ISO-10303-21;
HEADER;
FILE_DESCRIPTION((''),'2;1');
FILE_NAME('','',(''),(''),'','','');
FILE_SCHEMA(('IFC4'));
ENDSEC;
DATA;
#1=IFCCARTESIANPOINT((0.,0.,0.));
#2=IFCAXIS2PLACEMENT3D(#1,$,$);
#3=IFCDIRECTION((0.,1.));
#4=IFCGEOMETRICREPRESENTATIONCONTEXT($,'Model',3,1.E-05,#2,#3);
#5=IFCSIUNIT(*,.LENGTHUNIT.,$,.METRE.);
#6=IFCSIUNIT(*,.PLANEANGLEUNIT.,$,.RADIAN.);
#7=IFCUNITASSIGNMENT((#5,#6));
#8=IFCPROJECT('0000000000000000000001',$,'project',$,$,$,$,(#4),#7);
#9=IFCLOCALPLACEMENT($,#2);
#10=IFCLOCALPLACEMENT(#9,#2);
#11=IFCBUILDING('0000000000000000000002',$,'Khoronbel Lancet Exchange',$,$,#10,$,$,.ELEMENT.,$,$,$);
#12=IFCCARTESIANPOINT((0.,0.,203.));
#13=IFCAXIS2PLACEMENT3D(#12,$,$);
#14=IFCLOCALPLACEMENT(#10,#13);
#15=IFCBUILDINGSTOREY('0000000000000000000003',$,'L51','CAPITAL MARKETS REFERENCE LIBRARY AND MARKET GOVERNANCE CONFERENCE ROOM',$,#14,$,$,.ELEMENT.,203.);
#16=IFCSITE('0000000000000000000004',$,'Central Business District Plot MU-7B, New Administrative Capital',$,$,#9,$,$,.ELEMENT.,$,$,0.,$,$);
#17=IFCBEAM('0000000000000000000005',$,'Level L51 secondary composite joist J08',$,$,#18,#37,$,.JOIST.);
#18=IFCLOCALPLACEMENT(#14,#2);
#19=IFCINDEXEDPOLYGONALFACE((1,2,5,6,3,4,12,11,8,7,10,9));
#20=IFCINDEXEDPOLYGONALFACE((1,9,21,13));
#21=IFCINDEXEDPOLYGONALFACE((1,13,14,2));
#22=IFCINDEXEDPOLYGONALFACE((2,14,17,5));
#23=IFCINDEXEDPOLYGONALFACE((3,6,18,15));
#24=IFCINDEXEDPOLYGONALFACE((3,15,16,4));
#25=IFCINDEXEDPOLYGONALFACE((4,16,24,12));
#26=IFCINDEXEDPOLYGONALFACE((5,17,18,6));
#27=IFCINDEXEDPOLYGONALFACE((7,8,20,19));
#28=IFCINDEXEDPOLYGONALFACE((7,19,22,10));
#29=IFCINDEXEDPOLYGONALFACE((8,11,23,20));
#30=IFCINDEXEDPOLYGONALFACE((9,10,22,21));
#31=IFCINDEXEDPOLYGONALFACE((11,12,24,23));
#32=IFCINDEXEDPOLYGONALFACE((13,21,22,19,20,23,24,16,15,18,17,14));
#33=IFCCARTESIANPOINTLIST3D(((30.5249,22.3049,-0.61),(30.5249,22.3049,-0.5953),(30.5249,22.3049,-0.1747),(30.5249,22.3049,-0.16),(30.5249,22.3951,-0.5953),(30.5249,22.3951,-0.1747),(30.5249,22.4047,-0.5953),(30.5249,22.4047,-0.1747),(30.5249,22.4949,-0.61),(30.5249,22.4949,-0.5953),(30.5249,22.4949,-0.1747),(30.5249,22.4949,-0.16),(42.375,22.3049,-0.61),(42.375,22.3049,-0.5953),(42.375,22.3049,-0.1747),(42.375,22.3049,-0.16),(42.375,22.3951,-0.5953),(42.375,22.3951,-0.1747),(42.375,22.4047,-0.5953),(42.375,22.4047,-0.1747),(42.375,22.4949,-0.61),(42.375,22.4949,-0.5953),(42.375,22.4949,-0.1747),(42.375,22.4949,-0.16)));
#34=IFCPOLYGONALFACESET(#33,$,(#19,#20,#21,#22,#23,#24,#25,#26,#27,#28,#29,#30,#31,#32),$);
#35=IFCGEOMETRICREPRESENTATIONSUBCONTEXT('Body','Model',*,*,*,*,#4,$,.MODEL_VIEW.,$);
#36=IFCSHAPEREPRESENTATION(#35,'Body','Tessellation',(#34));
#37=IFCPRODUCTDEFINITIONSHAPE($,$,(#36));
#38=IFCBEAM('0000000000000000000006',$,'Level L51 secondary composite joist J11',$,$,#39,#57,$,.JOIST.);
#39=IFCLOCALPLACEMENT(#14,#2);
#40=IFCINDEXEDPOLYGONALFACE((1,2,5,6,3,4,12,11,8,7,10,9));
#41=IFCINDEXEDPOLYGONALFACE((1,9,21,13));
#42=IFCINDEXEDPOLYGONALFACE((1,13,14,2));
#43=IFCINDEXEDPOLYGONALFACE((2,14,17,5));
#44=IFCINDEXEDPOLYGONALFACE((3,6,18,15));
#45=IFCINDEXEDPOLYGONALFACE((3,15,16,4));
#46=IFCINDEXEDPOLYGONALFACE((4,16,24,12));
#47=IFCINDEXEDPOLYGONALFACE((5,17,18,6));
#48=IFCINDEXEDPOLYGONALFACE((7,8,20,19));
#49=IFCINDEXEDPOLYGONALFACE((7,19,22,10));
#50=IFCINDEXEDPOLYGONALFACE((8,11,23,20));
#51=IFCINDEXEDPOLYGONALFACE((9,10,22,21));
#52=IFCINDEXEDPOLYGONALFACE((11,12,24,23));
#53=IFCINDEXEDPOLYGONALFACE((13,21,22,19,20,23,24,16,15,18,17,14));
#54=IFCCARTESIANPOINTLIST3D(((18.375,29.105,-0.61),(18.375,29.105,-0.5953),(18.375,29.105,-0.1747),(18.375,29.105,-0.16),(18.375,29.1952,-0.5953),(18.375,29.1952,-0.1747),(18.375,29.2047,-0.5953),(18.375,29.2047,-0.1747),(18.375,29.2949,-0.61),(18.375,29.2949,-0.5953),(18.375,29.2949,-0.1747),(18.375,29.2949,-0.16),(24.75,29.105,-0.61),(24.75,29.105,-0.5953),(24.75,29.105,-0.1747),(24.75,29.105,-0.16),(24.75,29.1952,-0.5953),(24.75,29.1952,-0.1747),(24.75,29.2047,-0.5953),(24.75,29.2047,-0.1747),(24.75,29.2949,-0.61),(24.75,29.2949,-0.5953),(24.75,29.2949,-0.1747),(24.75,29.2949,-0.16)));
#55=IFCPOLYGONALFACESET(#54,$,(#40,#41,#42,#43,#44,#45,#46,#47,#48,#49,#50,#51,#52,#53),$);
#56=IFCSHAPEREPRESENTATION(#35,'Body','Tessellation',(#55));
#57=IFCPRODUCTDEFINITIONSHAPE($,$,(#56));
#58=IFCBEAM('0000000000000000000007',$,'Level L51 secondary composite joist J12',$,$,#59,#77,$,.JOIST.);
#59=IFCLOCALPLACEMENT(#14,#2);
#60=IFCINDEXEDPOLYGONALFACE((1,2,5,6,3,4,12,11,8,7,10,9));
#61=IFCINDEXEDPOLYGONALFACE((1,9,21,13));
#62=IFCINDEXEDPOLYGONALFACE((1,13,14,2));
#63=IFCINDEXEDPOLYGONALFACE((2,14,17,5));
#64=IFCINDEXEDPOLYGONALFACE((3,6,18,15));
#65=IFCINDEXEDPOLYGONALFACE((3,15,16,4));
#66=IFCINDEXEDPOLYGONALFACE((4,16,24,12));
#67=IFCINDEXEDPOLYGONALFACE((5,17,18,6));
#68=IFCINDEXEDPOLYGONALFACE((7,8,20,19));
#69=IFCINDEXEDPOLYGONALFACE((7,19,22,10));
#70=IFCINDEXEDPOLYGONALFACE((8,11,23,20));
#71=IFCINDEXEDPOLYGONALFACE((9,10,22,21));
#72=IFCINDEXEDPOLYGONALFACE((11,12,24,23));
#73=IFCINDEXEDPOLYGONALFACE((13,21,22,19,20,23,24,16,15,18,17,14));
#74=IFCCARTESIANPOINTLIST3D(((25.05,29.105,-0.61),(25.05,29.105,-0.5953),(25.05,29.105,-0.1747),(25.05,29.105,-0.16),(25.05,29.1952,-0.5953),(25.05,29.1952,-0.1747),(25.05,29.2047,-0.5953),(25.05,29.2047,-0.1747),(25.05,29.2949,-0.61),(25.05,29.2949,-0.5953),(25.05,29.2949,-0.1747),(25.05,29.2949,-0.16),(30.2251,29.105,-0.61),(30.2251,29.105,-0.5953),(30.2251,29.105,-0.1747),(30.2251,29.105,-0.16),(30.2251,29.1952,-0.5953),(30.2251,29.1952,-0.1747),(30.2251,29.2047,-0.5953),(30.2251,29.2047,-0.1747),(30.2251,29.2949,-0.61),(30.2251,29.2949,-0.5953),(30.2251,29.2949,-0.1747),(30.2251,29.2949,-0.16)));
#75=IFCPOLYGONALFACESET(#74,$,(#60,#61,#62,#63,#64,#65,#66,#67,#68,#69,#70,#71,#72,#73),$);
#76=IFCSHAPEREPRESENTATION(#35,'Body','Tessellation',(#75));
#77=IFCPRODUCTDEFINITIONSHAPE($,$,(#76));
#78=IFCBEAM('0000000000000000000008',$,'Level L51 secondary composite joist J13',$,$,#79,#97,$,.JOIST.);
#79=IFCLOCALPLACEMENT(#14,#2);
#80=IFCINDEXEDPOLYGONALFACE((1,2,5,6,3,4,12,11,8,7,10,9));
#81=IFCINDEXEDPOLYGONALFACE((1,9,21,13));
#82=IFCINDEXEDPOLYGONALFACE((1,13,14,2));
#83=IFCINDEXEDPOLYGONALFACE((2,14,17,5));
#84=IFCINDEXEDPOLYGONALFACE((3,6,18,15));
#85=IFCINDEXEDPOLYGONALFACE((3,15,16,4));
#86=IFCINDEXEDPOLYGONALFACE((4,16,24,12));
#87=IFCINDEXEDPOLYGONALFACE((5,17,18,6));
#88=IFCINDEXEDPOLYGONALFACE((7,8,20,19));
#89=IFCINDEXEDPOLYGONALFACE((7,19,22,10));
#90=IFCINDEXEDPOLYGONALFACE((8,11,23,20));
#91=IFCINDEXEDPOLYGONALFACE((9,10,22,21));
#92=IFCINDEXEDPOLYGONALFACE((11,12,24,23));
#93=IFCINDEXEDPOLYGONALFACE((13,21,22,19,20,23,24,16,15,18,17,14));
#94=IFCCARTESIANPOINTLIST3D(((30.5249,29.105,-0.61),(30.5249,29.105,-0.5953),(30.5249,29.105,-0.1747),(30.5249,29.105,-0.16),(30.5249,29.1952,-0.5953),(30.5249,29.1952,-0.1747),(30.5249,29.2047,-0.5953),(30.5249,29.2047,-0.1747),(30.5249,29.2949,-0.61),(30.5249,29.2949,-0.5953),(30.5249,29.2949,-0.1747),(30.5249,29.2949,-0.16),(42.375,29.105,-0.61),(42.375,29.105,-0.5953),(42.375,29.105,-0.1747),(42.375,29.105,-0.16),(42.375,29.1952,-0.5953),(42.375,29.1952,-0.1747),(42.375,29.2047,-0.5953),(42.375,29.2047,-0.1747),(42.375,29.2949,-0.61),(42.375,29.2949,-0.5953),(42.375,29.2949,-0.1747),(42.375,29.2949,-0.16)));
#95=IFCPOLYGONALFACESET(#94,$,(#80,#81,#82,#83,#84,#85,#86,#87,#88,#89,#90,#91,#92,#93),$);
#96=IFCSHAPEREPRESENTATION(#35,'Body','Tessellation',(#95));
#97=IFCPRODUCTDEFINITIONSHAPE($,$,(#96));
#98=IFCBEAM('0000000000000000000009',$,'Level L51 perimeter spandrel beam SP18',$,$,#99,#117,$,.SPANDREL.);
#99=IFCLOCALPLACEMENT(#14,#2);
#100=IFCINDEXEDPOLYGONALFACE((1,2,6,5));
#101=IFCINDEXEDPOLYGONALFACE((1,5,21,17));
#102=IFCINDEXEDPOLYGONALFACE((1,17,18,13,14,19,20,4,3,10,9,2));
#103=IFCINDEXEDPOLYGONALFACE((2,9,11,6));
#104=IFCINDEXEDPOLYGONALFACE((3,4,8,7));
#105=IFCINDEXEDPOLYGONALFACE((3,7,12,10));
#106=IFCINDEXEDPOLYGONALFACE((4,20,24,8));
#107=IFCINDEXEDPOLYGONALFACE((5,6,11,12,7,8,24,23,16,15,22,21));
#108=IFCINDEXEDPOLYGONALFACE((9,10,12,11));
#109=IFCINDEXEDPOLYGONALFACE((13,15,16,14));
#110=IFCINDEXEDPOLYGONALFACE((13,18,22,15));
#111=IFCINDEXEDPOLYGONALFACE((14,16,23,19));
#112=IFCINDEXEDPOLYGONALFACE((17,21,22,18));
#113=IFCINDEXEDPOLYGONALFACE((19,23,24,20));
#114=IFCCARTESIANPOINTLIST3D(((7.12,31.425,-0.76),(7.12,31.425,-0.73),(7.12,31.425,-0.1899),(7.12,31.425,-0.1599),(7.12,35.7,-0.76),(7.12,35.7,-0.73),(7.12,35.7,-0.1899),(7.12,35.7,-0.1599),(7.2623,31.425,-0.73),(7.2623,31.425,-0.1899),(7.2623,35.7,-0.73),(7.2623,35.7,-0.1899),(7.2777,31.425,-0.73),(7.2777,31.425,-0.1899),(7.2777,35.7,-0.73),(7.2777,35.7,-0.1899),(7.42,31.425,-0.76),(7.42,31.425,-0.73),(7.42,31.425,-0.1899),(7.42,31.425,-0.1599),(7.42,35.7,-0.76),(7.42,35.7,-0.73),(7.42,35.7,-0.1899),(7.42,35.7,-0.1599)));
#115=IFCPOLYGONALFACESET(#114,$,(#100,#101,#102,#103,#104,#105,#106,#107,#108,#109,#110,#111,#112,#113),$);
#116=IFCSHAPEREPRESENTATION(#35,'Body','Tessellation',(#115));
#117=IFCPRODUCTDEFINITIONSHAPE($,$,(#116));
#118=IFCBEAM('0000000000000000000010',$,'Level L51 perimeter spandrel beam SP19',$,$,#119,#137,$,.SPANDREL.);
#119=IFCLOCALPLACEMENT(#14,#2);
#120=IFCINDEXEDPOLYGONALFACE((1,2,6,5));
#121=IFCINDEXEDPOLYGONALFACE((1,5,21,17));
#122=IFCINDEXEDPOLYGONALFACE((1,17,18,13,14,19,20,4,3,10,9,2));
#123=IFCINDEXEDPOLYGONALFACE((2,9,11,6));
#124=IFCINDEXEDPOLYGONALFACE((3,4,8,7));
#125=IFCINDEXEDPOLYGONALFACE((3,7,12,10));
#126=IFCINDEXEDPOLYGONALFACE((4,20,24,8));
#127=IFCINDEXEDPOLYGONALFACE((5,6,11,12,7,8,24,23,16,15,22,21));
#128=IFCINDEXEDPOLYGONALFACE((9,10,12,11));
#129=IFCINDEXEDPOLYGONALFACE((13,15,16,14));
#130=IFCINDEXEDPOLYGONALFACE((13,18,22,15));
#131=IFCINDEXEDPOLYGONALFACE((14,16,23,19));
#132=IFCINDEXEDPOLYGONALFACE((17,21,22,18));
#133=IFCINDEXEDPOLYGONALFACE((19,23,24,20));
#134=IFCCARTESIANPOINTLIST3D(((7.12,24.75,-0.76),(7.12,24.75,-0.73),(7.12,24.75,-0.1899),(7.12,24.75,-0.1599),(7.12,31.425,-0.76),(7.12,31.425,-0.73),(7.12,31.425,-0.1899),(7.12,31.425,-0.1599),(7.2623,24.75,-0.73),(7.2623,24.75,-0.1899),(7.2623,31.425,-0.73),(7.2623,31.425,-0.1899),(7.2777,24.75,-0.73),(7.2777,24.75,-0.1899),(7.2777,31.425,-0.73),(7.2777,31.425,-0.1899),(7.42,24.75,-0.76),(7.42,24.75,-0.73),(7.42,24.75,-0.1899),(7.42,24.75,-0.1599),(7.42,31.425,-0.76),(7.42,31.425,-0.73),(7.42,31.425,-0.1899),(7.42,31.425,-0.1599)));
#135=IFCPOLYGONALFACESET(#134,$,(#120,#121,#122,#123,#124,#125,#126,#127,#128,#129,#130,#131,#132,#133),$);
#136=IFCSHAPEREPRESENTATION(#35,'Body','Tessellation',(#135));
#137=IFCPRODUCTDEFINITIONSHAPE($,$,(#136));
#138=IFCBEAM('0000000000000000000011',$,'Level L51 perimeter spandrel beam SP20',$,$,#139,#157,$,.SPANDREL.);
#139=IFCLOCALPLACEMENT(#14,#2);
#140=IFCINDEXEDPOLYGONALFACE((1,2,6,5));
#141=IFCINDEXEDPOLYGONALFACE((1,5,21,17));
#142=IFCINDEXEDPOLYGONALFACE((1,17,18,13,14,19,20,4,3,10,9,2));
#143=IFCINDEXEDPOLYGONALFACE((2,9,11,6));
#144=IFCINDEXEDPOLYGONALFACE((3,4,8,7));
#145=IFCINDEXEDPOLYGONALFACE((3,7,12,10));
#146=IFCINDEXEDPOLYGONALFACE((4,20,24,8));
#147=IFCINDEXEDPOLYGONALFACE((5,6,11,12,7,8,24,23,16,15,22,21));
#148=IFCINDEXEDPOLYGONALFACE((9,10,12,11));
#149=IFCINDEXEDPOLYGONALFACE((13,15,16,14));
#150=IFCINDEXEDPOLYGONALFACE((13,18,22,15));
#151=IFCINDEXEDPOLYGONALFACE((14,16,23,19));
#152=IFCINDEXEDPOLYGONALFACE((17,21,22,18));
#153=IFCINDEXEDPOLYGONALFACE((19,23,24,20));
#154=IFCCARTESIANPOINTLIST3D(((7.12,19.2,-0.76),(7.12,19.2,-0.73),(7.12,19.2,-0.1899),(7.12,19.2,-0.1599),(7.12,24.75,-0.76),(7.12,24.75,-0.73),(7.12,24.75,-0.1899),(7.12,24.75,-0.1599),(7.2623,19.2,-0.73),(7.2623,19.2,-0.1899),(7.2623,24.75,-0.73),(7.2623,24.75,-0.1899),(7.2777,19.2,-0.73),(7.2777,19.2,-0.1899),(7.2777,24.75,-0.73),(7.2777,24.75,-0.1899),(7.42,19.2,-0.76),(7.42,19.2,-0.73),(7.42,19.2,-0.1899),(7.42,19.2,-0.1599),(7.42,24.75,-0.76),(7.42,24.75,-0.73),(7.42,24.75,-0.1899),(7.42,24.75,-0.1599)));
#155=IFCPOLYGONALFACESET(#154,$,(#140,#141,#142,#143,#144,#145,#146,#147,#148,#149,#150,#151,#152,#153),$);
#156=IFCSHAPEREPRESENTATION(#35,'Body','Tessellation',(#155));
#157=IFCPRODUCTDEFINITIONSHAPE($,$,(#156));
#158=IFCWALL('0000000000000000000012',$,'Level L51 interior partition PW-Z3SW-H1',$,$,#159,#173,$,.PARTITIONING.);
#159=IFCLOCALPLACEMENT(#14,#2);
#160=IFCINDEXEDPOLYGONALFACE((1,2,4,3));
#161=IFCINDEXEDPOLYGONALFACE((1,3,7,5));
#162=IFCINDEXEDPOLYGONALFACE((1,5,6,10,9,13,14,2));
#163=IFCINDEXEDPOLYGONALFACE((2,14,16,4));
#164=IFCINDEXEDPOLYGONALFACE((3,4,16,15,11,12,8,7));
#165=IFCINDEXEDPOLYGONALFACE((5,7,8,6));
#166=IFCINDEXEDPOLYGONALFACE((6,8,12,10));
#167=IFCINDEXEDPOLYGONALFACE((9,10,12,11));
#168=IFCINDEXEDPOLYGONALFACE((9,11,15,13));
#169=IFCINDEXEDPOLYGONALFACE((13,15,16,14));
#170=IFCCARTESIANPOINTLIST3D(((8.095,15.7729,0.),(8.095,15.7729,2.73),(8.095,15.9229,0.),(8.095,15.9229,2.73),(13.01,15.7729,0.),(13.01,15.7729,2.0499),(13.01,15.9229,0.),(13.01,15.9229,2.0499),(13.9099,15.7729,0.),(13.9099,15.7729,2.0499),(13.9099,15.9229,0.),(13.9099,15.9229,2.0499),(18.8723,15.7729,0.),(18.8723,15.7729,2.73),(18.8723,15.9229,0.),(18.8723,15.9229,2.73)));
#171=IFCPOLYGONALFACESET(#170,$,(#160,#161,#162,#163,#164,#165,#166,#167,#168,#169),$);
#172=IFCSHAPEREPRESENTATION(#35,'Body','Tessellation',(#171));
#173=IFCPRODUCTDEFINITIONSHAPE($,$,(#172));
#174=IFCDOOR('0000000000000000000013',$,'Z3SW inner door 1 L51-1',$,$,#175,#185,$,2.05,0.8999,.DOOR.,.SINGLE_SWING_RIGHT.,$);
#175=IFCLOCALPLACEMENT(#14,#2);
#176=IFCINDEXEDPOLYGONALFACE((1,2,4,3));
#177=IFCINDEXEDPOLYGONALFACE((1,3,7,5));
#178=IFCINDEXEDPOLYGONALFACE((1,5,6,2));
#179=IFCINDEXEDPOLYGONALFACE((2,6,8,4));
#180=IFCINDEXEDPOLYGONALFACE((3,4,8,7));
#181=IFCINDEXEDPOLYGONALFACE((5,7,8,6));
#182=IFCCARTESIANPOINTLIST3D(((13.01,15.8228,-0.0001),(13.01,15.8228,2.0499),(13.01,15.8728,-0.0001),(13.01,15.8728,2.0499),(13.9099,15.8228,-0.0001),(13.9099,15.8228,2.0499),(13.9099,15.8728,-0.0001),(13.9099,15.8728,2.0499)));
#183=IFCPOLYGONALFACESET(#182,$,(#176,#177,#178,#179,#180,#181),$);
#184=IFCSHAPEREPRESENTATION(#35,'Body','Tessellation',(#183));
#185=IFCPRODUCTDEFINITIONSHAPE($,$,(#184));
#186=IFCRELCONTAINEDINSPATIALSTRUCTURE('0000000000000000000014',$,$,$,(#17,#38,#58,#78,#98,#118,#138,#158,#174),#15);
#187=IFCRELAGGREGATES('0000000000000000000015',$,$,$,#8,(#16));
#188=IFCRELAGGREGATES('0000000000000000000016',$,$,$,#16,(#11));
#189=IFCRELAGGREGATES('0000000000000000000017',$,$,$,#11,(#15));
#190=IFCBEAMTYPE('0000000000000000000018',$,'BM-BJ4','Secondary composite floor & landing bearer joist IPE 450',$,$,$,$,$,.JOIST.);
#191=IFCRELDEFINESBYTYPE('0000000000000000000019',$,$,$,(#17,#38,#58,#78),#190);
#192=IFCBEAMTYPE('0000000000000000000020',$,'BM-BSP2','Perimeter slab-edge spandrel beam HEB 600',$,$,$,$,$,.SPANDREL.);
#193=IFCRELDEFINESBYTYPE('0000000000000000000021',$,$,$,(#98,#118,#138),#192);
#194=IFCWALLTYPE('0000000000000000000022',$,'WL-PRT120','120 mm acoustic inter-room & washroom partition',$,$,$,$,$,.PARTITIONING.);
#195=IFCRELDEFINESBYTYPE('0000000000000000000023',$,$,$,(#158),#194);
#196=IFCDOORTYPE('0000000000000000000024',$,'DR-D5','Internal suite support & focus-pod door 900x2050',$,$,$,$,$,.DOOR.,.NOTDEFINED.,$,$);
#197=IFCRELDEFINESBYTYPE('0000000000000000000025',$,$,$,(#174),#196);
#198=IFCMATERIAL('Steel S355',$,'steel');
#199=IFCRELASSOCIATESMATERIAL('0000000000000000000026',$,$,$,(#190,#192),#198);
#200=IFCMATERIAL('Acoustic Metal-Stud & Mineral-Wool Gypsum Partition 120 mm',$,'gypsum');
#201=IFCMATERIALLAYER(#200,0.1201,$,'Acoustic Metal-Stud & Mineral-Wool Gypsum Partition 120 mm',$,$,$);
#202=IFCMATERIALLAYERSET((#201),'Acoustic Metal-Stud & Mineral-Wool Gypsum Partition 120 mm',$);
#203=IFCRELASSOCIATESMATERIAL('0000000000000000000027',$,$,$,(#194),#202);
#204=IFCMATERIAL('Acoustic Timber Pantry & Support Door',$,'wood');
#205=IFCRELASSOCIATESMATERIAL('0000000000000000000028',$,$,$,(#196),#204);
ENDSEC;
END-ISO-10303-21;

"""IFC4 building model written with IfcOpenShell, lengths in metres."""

from ifc_helpers import new_model, si_unit, direction, frame, frame_2d, origin, origin_2d, place, context, subcontext, project, spatial, rectangle, i_section, extrude, material, layer, layer_set, material_profile, profile_set, type_object, element, fill, save


model = new_model("IFC4")

# Units and contexts
model_context = context("Model", 3, precision=1e-05, world=origin(), true_north=direction((0.0, 1.0)))
body_context = subcontext(model_context, "Body", "Model", "MODEL_VIEW")
ifc_project = project(units=[si_unit("LENGTHUNIT", "METRE"), si_unit("PLANEANGLEUNIT", "RADIAN")], contexts=[model_context])

# Site, building, storey
site_placement = place(None, origin())
site = spatial("IfcSite", under=ifc_project, at=site_placement, Name="Central Business District Plot MU-7B, New Administrative Capital", CompositionType="ELEMENT", RefElevation=0.0)
building_placement = place(site_placement, origin())
building = spatial("IfcBuilding", under=site, at=building_placement, Name="Khoronbel Lancet Exchange", CompositionType="ELEMENT")
storey_placement = place(building_placement, frame((0.0, 0.0, 203.0)))
storey = spatial("IfcBuildingStorey", under=building, at=storey_placement, Name="L51", Description="CAPITAL MARKETS REFERENCE LIBRARY AND MARKET GOVERNANCE CONFERENCE ROOM", CompositionType="ELEMENT", Elevation=203.0)

# Shared definitions
ifc_material_1 = material(Name="Steel S355", Category="steel")

# Beams
ifc_material_profile_1 = material_profile(ifc_material_1, i_section(OverallWidth=0.1899, OverallDepth=0.45, WebThickness=0.0095, FlangeThickness=0.0146, at=origin_2d()), Name="IPE 450")
ifc_profile_set_1 = profile_set([ifc_material_profile_1], Name="Steel S355")
beam_type_1 = type_object("IfcBeamType", Name="BM-BJ4", Description="Secondary composite floor & landing bearer joist IPE 450", PredefinedType="JOIST", material=ifc_profile_set_1)
beam_1_placement = place(storey_placement, frame((30.5249, 22.3999, -0.385), z_axis=(1.0, 0.0, 0.0), x_axis=(0.0, 1.0, 0.0)))
element("IfcBeam", 1, at=beam_1_placement, inside=storey, type_object=beam_type_1, Name="Level L51 secondary composite joist J08", PredefinedType="JOIST", context=body_context, shape_type="SweptSolid", body=[
    extrude(i_section(OverallWidth=0.1899, OverallDepth=0.45, WebThickness=0.0095, FlangeThickness=0.0146, at=origin_2d()), origin(), (0.0, 0.0, 1.0), 11.8501),
])
beam_2_placement = place(storey_placement, frame((18.375, 29.2, -0.385), z_axis=(1.0, 0.0, 0.0), x_axis=(0.0, 1.0, 0.0)))
element("IfcBeam", 2, at=beam_2_placement, inside=storey, type_object=beam_type_1, Name="Level L51 secondary composite joist J11", PredefinedType="JOIST", context=body_context, shape_type="SweptSolid", body=[
    extrude(i_section(OverallWidth=0.1899, OverallDepth=0.45, WebThickness=0.0095, FlangeThickness=0.0146, at=origin_2d()), origin(), (0.0, 0.0, 1.0), 6.375),
])
beam_3_placement = place(storey_placement, frame((25.05, 29.2, -0.385), z_axis=(1.0, 0.0, 0.0), x_axis=(0.0, 1.0, 0.0)))
element("IfcBeam", 3, at=beam_3_placement, inside=storey, type_object=beam_type_1, Name="Level L51 secondary composite joist J12", PredefinedType="JOIST", context=body_context, shape_type="SweptSolid", body=[
    extrude(i_section(OverallWidth=0.1899, OverallDepth=0.45, WebThickness=0.0095, FlangeThickness=0.0146, at=origin_2d()), origin(), (0.0, 0.0, 1.0), 5.175),
])
beam_4_placement = place(storey_placement, frame((30.5249, 29.2, -0.385), z_axis=(1.0, 0.0, 0.0), x_axis=(0.0, 1.0, 0.0)))
element("IfcBeam", 4, at=beam_4_placement, inside=storey, type_object=beam_type_1, Name="Level L51 secondary composite joist J13", PredefinedType="JOIST", context=body_context, shape_type="SweptSolid", body=[
    extrude(i_section(OverallWidth=0.1899, OverallDepth=0.45, WebThickness=0.0095, FlangeThickness=0.0146, at=origin_2d()), origin(), (0.0, 0.0, 1.0), 11.8501),
])
ifc_material_profile_2 = material_profile(ifc_material_1, i_section(OverallWidth=0.3, OverallDepth=0.6001, WebThickness=0.0154, FlangeThickness=0.03, at=origin_2d()), Name="HEB 600")
ifc_profile_set_2 = profile_set([ifc_material_profile_2], Name="Steel S355")
beam_type_2 = type_object("IfcBeamType", Name="BM-BSP2", Description="Perimeter slab-edge spandrel beam HEB 600", PredefinedType="SPANDREL", material=ifc_profile_set_2)
beam_5_placement = place(storey_placement, frame((7.27, 35.7, -0.46), z_axis=(0.0, -1.0, 0.0), x_axis=(1.0, 0.0, 0.0)))
element("IfcBeam", 5, at=beam_5_placement, inside=storey, type_object=beam_type_2, Name="Level L51 perimeter spandrel beam SP18", PredefinedType="SPANDREL", context=body_context, shape_type="SweptSolid", body=[
    extrude(i_section(OverallWidth=0.3, OverallDepth=0.6001, WebThickness=0.0154, FlangeThickness=0.03, at=origin_2d()), origin(), (0.0, 0.0, 1.0), 4.2749),
])
beam_6_placement = place(storey_placement, frame((7.27, 31.425, -0.46), z_axis=(0.0, -1.0, 0.0), x_axis=(1.0, 0.0, 0.0)))
element("IfcBeam", 6, at=beam_6_placement, inside=storey, type_object=beam_type_2, Name="Level L51 perimeter spandrel beam SP19", PredefinedType="SPANDREL", context=body_context, shape_type="SweptSolid", body=[
    extrude(i_section(OverallWidth=0.3, OverallDepth=0.6001, WebThickness=0.0154, FlangeThickness=0.03, at=origin_2d()), origin(), (0.0, 0.0, 1.0), 6.675),
])
beam_7_placement = place(storey_placement, frame((7.27, 24.75, -0.46), z_axis=(0.0, -1.0, 0.0), x_axis=(1.0, 0.0, 0.0)))
element("IfcBeam", 7, at=beam_7_placement, inside=storey, type_object=beam_type_2, Name="Level L51 perimeter spandrel beam SP20", PredefinedType="SPANDREL", context=body_context, shape_type="SweptSolid", body=[
    extrude(i_section(OverallWidth=0.3, OverallDepth=0.6001, WebThickness=0.0154, FlangeThickness=0.03, at=origin_2d()), origin(), (0.0, 0.0, 1.0), 5.55),
])

# Wall, opening, door
ifc_material_2 = material(Name="Acoustic Metal-Stud & Mineral-Wool Gypsum Partition 120 mm", Category="gypsum")
ifc_layer_1 = layer(ifc_material_2, 0.1201, Name="Acoustic Metal-Stud & Mineral-Wool Gypsum Partition 120 mm")
ifc_layer_set_1 = layer_set([ifc_layer_1], Name="Acoustic Metal-Stud & Mineral-Wool Gypsum Partition 120 mm")
wall_type_1 = type_object("IfcWallType", Name="WL-PRT120", Description="120 mm acoustic inter-room & washroom partition", PredefinedType="PARTITIONING", material=ifc_layer_set_1)
wall_1_placement = place(storey_placement, frame((8.095, 15.8479, 0.0), z_axis=(0.0, 0.0, 1.0), x_axis=(1.0, 0.0, 0.0)))
wall_1 = element("IfcWall", 8, at=wall_1_placement, inside=storey, type_object=wall_type_1, Name="Level L51 interior partition PW-Z3SW-H1", PredefinedType="PARTITIONING", context=body_context, shape_type="SweptSolid", body=[
    extrude(rectangle(XDim=10.7773, YDim=0.1499, at=frame_2d((5.3887, 0.0))), origin(), (0.0, 0.0, 1.0), 2.73),
])
opening_1_placement = place(wall_1_placement, frame((4.915, 0.0, 0.0)))
opening_1 = element("IfcOpeningElement", 9, at=opening_1_placement, cuts=wall_1, PredefinedType="OPENING", context=body_context, shape_type="SweptSolid", body=[
    extrude(rectangle(XDim=0.8999, YDim=2.05, at=frame_2d((0.45, 1.0249))), frame((0.0, 0.085, 0.0), z_axis=(0.0, -1.0, 0.0), x_axis=(1.0, 0.0, 0.0)), (0.0, 0.0, 1.0), 0.1699),
])
ifc_material_3 = material(Name="Acoustic Timber Pantry & Support Door", Category="wood")
door_type_1 = type_object("IfcDoorType", Name="DR-D5", Description="Internal suite support & focus-pod door 900x2050", OperationType="NOTDEFINED", PredefinedType="DOOR", material=ifc_material_3)
door_1_placement = place(opening_1_placement, origin())
door_1 = element("IfcDoor", 10, at=door_1_placement, inside=storey, type_object=door_type_1, Name="Z3SW inner door 1 L51-1", OperationType="SINGLE_SWING_RIGHT", OverallHeight=2.05, OverallWidth=0.8999, PredefinedType="DOOR", context=body_context, shape_type="SweptSolid", body=[
    extrude(rectangle(XDim=0.8999, YDim=2.05, at=frame_2d((0.45, 1.0249))), frame((0.0, 0.0249, 0.0), z_axis=(0.0, -1.0, 0.0), x_axis=(1.0, 0.0, 0.0)), (0.0, 0.0, 1.0), 0.05),
])
fill(opening_1, door_1)

save(model, "model.ifc")
